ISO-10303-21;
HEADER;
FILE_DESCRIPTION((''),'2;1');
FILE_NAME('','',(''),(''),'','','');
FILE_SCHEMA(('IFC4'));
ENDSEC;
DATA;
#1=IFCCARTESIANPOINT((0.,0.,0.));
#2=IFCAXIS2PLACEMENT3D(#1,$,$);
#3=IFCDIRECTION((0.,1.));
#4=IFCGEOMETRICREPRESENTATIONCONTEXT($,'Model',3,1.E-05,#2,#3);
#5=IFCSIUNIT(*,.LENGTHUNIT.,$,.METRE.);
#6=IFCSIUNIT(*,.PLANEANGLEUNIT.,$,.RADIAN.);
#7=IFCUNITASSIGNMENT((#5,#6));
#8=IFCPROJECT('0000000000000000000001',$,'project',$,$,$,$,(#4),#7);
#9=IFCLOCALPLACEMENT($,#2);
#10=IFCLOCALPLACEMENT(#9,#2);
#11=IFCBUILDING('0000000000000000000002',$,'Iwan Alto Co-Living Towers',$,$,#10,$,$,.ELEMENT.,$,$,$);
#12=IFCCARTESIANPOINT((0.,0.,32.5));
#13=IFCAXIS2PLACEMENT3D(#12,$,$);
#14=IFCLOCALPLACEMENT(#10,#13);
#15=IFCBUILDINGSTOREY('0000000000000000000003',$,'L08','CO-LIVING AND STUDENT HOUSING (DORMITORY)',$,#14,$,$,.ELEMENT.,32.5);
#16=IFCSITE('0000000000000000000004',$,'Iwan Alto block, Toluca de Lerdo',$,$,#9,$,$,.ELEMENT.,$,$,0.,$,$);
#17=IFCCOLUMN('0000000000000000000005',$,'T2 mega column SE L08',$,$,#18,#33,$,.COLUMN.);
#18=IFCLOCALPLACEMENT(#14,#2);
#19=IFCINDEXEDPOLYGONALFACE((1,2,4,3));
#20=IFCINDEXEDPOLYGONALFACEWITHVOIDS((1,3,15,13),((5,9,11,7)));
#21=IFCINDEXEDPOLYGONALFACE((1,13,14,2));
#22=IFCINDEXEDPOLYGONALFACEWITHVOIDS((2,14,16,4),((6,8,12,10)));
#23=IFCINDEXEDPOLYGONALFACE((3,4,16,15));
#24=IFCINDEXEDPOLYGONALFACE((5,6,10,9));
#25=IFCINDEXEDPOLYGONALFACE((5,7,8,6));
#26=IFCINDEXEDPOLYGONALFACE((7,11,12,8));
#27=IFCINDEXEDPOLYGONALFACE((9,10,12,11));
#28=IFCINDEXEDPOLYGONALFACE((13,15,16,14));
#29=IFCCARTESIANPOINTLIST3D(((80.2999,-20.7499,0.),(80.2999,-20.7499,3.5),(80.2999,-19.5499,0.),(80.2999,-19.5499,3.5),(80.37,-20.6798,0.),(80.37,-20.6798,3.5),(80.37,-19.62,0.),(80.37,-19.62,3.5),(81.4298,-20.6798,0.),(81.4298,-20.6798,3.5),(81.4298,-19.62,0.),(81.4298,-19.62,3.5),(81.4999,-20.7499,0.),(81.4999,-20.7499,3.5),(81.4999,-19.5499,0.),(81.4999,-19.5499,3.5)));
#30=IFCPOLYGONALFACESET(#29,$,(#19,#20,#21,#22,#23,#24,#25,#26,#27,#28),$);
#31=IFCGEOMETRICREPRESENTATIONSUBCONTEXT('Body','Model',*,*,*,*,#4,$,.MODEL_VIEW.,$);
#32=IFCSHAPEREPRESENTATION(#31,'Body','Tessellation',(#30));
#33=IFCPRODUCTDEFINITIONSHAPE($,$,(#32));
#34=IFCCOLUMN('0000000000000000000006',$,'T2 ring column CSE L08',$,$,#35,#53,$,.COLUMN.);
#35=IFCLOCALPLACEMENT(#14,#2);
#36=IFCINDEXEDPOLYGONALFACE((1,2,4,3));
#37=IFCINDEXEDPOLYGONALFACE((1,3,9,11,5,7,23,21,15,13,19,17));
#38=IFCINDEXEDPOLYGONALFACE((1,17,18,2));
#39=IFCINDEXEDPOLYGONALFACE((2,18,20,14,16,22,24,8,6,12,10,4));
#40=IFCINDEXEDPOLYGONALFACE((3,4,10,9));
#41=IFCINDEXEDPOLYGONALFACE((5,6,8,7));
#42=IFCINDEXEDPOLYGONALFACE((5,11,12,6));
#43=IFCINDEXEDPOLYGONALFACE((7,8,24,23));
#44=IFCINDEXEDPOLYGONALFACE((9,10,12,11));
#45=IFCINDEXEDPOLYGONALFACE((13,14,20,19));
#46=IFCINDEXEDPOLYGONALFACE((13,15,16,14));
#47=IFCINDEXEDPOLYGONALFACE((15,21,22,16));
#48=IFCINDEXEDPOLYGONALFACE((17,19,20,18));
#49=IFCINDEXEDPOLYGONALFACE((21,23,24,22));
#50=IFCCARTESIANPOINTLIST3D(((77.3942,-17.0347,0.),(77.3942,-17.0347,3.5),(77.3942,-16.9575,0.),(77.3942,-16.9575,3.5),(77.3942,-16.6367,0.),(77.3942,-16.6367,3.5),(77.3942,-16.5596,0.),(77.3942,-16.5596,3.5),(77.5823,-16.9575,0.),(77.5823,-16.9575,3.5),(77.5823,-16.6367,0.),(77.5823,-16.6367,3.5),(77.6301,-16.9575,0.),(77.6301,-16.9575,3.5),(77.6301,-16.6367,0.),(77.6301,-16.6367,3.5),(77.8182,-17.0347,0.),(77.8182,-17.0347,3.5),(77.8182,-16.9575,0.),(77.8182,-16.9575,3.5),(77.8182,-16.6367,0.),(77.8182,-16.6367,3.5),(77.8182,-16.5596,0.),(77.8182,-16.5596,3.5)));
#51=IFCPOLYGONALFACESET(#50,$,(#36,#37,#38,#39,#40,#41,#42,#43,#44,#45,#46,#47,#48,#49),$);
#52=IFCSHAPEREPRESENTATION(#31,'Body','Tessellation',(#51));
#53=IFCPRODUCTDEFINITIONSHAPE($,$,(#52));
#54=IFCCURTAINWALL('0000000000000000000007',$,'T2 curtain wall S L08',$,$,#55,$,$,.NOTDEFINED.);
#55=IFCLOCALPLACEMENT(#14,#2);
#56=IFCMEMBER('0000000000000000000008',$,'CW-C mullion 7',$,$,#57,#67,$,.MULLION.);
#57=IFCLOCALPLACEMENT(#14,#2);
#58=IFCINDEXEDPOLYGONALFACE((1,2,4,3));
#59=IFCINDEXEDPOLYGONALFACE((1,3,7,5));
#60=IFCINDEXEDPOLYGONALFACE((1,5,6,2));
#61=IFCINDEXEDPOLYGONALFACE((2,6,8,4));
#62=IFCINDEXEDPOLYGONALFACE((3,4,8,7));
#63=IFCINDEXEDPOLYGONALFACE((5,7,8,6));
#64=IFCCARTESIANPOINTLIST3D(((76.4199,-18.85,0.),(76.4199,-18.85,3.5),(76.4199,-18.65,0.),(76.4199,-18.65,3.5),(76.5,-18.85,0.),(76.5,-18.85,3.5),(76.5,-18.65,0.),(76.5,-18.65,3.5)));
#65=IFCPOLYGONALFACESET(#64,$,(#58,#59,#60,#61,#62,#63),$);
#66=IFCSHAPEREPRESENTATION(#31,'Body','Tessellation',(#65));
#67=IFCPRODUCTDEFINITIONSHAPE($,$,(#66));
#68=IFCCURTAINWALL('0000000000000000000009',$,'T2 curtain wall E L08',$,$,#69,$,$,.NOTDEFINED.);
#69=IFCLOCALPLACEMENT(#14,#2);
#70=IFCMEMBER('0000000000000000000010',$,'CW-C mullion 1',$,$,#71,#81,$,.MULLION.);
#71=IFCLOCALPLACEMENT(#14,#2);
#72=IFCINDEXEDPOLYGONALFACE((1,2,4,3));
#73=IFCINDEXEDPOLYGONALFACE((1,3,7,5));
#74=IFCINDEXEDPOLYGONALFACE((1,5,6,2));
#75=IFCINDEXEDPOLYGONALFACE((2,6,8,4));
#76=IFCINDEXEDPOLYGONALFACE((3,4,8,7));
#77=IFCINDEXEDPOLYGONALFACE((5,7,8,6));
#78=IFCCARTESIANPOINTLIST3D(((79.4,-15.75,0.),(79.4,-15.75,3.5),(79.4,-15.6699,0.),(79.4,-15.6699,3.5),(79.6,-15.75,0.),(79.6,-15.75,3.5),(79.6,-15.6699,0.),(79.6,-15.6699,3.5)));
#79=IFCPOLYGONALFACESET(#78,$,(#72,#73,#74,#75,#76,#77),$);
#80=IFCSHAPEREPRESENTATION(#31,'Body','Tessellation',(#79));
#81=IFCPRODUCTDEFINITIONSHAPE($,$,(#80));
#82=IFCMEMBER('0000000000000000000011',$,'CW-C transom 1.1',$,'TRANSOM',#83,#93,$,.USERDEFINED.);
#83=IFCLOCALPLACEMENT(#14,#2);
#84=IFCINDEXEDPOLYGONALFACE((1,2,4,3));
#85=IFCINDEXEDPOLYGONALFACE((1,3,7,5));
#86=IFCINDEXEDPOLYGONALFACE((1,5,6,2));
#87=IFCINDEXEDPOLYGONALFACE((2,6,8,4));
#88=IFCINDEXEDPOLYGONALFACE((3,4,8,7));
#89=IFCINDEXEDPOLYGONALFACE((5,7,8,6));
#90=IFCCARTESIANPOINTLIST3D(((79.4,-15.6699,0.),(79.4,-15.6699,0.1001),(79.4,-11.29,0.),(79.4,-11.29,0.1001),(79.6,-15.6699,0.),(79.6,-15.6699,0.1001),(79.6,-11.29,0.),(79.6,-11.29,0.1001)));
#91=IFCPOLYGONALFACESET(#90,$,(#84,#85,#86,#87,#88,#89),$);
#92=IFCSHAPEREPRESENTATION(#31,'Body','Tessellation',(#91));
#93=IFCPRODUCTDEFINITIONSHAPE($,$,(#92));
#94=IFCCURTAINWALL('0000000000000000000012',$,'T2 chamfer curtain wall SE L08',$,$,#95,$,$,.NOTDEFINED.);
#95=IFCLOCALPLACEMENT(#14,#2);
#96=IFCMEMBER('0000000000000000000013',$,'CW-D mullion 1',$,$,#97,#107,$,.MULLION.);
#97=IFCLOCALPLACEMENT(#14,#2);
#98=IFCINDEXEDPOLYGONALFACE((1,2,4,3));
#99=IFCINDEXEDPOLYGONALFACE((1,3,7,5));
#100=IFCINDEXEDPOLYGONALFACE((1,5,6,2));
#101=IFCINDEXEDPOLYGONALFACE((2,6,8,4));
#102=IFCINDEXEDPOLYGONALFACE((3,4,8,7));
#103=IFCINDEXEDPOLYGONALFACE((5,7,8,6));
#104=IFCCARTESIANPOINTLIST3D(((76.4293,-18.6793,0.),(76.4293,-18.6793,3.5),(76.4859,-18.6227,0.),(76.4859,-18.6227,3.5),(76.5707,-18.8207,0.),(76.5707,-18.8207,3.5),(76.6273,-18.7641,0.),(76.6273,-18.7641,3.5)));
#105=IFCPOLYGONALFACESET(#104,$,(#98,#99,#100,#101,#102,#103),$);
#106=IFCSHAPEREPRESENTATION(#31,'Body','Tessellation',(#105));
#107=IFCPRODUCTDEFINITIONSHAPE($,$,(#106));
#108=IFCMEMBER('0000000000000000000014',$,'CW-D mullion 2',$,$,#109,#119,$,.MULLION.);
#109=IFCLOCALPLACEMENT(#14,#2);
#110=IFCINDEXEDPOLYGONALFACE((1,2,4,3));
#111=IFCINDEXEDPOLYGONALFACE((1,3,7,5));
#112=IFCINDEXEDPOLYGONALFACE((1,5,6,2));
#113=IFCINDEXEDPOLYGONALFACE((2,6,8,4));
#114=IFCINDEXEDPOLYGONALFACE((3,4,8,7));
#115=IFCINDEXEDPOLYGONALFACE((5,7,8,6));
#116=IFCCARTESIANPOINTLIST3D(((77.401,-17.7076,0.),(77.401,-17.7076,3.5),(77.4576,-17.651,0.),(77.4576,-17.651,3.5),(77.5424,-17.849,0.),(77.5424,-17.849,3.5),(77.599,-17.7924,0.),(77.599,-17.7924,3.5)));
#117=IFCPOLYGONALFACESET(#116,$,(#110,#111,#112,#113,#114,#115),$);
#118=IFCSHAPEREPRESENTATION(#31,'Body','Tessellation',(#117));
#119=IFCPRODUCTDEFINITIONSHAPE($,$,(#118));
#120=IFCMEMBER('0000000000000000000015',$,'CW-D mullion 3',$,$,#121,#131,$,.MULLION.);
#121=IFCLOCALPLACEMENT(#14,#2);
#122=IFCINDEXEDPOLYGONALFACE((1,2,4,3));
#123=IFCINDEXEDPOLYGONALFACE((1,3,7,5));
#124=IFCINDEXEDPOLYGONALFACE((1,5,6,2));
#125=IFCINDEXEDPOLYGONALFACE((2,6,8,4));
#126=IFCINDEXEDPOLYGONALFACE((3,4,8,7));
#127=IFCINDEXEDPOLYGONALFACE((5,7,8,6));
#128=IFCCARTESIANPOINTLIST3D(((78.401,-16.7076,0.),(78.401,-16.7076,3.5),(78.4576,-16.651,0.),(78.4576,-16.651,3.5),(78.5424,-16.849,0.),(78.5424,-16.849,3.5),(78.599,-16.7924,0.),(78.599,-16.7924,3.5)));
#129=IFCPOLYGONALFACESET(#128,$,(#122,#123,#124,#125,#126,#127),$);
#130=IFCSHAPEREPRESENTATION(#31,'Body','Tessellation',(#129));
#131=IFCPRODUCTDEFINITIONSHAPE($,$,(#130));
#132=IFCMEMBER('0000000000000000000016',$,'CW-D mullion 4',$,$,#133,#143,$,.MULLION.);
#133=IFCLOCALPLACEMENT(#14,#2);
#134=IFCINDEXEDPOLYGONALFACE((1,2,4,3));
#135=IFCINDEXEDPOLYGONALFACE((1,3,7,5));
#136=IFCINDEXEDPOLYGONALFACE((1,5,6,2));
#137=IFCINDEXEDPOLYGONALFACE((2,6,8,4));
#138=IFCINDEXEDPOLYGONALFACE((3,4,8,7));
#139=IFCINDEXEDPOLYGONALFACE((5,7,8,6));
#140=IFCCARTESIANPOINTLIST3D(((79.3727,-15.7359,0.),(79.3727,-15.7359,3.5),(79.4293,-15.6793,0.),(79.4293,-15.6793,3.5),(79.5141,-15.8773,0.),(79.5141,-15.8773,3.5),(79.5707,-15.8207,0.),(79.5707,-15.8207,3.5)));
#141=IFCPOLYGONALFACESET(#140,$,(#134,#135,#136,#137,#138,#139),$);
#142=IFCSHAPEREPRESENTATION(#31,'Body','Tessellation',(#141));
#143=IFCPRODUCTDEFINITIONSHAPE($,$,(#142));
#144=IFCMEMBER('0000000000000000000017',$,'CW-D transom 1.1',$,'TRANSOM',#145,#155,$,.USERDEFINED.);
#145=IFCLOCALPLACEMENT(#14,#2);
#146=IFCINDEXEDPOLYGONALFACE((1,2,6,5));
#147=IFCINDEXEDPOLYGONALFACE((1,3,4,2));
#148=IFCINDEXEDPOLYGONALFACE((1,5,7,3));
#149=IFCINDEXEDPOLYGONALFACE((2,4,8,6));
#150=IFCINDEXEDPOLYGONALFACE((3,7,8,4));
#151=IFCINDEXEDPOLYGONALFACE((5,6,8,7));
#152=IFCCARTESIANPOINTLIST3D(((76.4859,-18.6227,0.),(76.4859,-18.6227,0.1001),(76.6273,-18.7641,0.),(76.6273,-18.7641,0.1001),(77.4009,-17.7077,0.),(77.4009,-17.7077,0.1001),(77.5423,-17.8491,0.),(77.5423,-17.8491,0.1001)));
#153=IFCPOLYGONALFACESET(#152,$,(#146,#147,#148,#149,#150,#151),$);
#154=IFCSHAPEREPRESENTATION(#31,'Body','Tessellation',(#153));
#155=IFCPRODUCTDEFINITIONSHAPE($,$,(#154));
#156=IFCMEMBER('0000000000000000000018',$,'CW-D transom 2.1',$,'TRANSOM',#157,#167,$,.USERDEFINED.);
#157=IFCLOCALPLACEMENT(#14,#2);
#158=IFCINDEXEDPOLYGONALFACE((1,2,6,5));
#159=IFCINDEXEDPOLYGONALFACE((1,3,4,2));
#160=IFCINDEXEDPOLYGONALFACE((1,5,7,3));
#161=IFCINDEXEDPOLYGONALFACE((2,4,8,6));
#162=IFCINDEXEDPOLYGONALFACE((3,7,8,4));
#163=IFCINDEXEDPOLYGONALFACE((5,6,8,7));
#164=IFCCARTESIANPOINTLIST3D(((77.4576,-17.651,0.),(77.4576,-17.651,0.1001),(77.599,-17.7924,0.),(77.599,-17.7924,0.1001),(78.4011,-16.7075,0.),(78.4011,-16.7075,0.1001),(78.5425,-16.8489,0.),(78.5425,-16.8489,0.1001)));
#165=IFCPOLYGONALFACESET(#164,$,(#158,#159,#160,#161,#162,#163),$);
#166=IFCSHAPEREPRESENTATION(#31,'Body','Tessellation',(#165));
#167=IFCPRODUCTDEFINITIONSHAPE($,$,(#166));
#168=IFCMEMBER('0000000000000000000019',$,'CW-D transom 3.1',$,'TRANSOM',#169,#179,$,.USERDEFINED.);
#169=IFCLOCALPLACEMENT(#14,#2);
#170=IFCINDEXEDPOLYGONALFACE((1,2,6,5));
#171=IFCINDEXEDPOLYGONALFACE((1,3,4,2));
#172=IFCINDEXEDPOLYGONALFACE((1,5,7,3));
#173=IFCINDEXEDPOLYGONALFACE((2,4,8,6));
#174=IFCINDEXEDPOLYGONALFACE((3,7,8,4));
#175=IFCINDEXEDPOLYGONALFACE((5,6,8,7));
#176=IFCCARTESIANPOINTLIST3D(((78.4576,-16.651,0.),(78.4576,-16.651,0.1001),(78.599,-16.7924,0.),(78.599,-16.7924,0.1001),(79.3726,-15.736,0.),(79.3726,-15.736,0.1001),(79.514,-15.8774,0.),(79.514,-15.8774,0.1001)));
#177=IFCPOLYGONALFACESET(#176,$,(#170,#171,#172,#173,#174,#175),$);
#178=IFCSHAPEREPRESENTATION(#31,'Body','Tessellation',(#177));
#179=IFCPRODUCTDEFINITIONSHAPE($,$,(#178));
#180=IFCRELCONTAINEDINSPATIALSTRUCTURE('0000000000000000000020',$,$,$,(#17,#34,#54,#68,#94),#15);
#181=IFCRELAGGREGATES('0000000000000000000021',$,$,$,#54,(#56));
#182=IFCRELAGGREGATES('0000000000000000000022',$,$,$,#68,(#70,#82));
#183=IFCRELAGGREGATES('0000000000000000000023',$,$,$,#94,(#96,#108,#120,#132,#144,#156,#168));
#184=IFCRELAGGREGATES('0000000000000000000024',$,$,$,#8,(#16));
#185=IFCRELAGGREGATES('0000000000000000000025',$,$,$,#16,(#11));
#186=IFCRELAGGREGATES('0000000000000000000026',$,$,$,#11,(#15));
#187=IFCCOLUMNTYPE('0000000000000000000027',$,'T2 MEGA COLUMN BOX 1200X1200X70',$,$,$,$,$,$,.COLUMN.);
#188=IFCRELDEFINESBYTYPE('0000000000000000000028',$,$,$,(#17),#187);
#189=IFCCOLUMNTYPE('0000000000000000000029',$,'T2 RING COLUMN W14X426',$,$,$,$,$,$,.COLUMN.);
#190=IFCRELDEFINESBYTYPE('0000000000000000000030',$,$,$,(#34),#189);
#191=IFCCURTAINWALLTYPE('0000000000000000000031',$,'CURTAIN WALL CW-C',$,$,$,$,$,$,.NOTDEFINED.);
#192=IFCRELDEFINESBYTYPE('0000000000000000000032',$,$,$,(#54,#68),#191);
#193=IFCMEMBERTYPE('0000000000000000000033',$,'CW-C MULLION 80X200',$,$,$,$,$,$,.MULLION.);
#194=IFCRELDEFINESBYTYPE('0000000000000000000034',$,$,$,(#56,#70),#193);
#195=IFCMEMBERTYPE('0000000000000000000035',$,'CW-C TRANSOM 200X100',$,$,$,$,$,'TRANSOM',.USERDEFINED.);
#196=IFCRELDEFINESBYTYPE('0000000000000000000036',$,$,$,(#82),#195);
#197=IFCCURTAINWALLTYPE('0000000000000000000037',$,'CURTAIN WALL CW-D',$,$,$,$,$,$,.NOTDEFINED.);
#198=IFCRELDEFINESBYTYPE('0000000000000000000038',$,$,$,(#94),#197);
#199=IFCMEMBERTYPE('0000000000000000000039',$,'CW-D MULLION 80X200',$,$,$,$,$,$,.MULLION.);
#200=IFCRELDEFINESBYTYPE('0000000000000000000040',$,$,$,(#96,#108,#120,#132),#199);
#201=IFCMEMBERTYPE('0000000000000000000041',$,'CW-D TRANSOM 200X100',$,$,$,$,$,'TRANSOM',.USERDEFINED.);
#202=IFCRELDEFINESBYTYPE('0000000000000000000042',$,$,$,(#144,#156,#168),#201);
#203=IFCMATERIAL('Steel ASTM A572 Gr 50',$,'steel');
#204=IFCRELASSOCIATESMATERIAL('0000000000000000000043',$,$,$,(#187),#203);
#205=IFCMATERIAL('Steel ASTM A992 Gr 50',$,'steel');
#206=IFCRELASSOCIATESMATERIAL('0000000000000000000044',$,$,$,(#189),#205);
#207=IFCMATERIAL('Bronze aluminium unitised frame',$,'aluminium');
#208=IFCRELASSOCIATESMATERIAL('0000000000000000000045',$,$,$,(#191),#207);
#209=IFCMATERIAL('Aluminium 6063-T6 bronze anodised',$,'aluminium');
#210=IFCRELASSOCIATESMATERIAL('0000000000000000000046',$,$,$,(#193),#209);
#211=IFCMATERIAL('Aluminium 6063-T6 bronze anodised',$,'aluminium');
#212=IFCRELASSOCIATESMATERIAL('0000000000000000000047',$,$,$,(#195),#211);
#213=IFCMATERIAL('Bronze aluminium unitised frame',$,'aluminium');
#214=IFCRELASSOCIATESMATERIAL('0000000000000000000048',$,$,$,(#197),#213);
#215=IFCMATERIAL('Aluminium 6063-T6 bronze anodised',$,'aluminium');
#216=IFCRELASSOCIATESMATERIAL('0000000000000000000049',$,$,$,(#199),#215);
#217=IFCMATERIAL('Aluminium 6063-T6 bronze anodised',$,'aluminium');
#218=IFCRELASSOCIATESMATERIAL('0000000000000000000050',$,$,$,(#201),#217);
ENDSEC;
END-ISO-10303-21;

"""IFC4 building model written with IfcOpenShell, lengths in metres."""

from ifc_helpers import new_model, si_unit, direction, frame, origin, origin_2d, place, context, subcontext, project, spatial, rectangle, hollow_rectangle, i_section, extrude, material, material_profile, profile_set, type_object, element, aggregate, save


model = new_model("IFC4")

# Units and contexts
model_context = context("Model", 3, precision=1e-05, world=origin(), true_north=direction((0.0, 1.0)))
body_context = subcontext(model_context, "Body", "Model", "MODEL_VIEW")
ifc_project = project(units=[si_unit("LENGTHUNIT", "METRE"), si_unit("PLANEANGLEUNIT", "RADIAN")], contexts=[model_context])

# Site, building, storey
site_placement = place(None, origin())
site = spatial("IfcSite", under=ifc_project, at=site_placement, Name="Iwan Alto block, Toluca de Lerdo", CompositionType="ELEMENT", RefElevation=0.0)
building_placement = place(site_placement, origin())
building = spatial("IfcBuilding", under=site, at=building_placement, Name="Iwan Alto Co-Living Towers", CompositionType="ELEMENT")
storey_placement = place(building_placement, frame((0.0, 0.0, 32.5)))
storey = spatial("IfcBuildingStorey", under=building, at=storey_placement, Name="L08", Description="CO-LIVING AND STUDENT HOUSING (DORMITORY)", CompositionType="ELEMENT", Elevation=32.5)

# Columns
ifc_material_1 = material(Name="Steel ASTM A572 Gr 50", Category="steel")
ifc_material_profile_1 = material_profile(ifc_material_1, hollow_rectangle(XDim=1.2, YDim=1.2, WallThickness=0.0701, at=origin_2d()), Name="BOX 1200X1200X70")
ifc_profile_set_1 = profile_set([ifc_material_profile_1], Name="Steel ASTM A572 Gr 50")
column_type_1 = type_object("IfcColumnType", Name="T2 MEGA COLUMN BOX 1200X1200X70", PredefinedType="COLUMN", material=ifc_profile_set_1)
column_1_placement = place(storey_placement, frame((80.8999, -20.1499, 0.0), z_axis=(0.0, 0.0, 1.0), x_axis=(1.0, 0.0, 0.0)))
element("IfcColumn", 1, at=column_1_placement, inside=storey, type_object=column_type_1, Name="T2 mega column SE L08", PredefinedType="COLUMN", context=body_context, shape_type="SweptSolid", body=[
    extrude(hollow_rectangle(XDim=1.2, YDim=1.2, WallThickness=0.0701, at=origin_2d()), origin(), (0.0, 0.0, 1.0), 3.5),
])
ifc_material_2 = material(Name="Steel ASTM A992 Gr 50", Category="steel")
ifc_material_profile_2 = material_profile(ifc_material_2, i_section(OverallWidth=0.4241, OverallDepth=0.4751, WebThickness=0.0479, FlangeThickness=0.0771, at=origin_2d()), Name="W14X426")
ifc_profile_set_2 = profile_set([ifc_material_profile_2], Name="Steel ASTM A992 Gr 50")
column_type_2 = type_object("IfcColumnType", Name="T2 RING COLUMN W14X426", PredefinedType="COLUMN", material=ifc_profile_set_2)
column_2_placement = place(storey_placement, frame((77.6062, -16.7971, 0.0), z_axis=(0.0, 0.0, 1.0), x_axis=(1.0, 0.0, 0.0)))
element("IfcColumn", 2, at=column_2_placement, inside=storey, type_object=column_type_2, Name="T2 ring column CSE L08", PredefinedType="COLUMN", context=body_context, shape_type="SweptSolid", body=[
    extrude(i_section(OverallWidth=0.4241, OverallDepth=0.4751, WebThickness=0.0479, FlangeThickness=0.0771, at=origin_2d()), origin(), (0.0, 0.0, 1.0), 3.5),
])

# Curtain wall, member
ifc_material_3 = material(Name="Bronze aluminium unitised frame", Category="aluminium")
curtain_wall_type_1 = type_object("IfcCurtainWallType", Name="CURTAIN WALL CW-C", PredefinedType="NOTDEFINED", material=ifc_material_3)
curtain_wall_1_placement = place(storey_placement, origin())
curtain_wall_1 = element("IfcCurtainWall", 3, at=curtain_wall_1_placement, inside=storey, type_object=curtain_wall_type_1, Name="T2 curtain wall S L08", PredefinedType="NOTDEFINED")
ifc_material_4 = material(Name="Aluminium 6063-T6 bronze anodised", Category="aluminium")
ifc_material_profile_3 = material_profile(ifc_material_4, rectangle(XDim=0.2, YDim=0.0801, at=origin_2d()), Name="AL 80X200")
ifc_profile_set_3 = profile_set([ifc_material_profile_3], Name="Aluminium 6063-T6 bronze anodised")
member_type_1 = type_object("IfcMemberType", Name="CW-C MULLION 80X200", PredefinedType="MULLION", material=ifc_profile_set_3)
member_1_placement = place(storey_placement, frame((76.46, -18.75, 0.0), z_axis=(0.0, 0.0, 1.0), x_axis=(0.0, 1.0, 0.0)))
member_1 = element("IfcMember", 4, at=member_1_placement, type_object=member_type_1, Name="CW-C mullion 7", PredefinedType="MULLION", context=body_context, shape_type="SweptSolid", body=[
    extrude(rectangle(XDim=0.2, YDim=0.0801, at=origin_2d()), origin(), (0.0, 0.0, 1.0), 3.5),
])

# Curtain walls, members
curtain_wall_2_placement = place(storey_placement, origin())
curtain_wall_2 = element("IfcCurtainWall", 5, at=curtain_wall_2_placement, inside=storey, type_object=curtain_wall_type_1, Name="T2 curtain wall E L08", PredefinedType="NOTDEFINED")
member_2_placement = place(storey_placement, frame((79.5, -15.71, 0.0), z_axis=(0.0, 0.0, 1.0), x_axis=(-1.0, 0.0, 0.0)))
member_2 = element("IfcMember", 6, at=member_2_placement, type_object=member_type_1, Name="CW-C mullion 1", PredefinedType="MULLION", context=body_context, shape_type="SweptSolid", body=[
    extrude(rectangle(XDim=0.2, YDim=0.0801, at=origin_2d()), origin(), (0.0, 0.0, 1.0), 3.5),
])
ifc_material_5 = material(Name="Aluminium 6063-T6 bronze anodised", Category="aluminium")
ifc_material_profile_4 = material_profile(ifc_material_5, rectangle(XDim=0.2, YDim=0.1001, at=origin_2d()), Name="AL 200X100")
ifc_profile_set_4 = profile_set([ifc_material_profile_4], Name="Aluminium 6063-T6 bronze anodised")
member_type_2 = type_object("IfcMemberType", Name="CW-C TRANSOM 200X100", ElementType="TRANSOM", PredefinedType="USERDEFINED", material=ifc_profile_set_4)
member_3_placement = place(storey_placement, frame((79.5, -15.6699, 0.05), z_axis=(0.0, 1.0, 0.0), x_axis=(-1.0, 0.0, 0.0)))
member_3 = element("IfcMember", 7, at=member_3_placement, type_object=member_type_2, Name="CW-C transom 1.1", ObjectType="TRANSOM", PredefinedType="USERDEFINED", context=body_context, shape_type="SweptSolid", body=[
    extrude(rectangle(XDim=0.2, YDim=0.1001, at=origin_2d()), origin(), (0.0, 0.0, 1.0), 4.3799),
])
ifc_material_6 = material(Name="Bronze aluminium unitised frame", Category="aluminium")
curtain_wall_type_2 = type_object("IfcCurtainWallType", Name="CURTAIN WALL CW-D", PredefinedType="NOTDEFINED", material=ifc_material_6)
curtain_wall_3_placement = place(storey_placement, origin())
curtain_wall_3 = element("IfcCurtainWall", 8, at=curtain_wall_3_placement, inside=storey, type_object=curtain_wall_type_2, Name="T2 chamfer curtain wall SE L08", PredefinedType="NOTDEFINED")
ifc_material_7 = material(Name="Aluminium 6063-T6 bronze anodised", Category="aluminium")
ifc_material_profile_5 = material_profile(ifc_material_7, rectangle(XDim=0.2, YDim=0.0801, at=origin_2d()), Name="AL 80X200")
ifc_profile_set_5 = profile_set([ifc_material_profile_5], Name="Aluminium 6063-T6 bronze anodised")
member_type_3 = type_object("IfcMemberType", Name="CW-D MULLION 80X200", PredefinedType="MULLION", material=ifc_profile_set_5)
member_4_placement = place(storey_placement, frame((76.5283, -18.7217, 0.0), z_axis=(0.0, 0.0, 1.0), x_axis=(-0.707107, 0.707107, 0.0)))
member_4 = element("IfcMember", 9, at=member_4_placement, type_object=member_type_3, Name="CW-D mullion 1", PredefinedType="MULLION", context=body_context, shape_type="SweptSolid", body=[
    extrude(rectangle(XDim=0.2, YDim=0.0801, at=origin_2d()), origin(), (0.0, 0.0, 1.0), 3.5),
])
member_5_placement = place(storey_placement, frame((77.5, -17.75, 0.0), z_axis=(0.0, 0.0, 1.0), x_axis=(-0.707107, 0.707107, 0.0)))
member_5 = element("IfcMember", 10, at=member_5_placement, type_object=member_type_3, Name="CW-D mullion 2", PredefinedType="MULLION", context=body_context, shape_type="SweptSolid", body=[
    extrude(rectangle(XDim=0.2, YDim=0.0801, at=origin_2d()), origin(), (0.0, 0.0, 1.0), 3.5),
])
member_6_placement = place(storey_placement, frame((78.5, -16.75, 0.0), z_axis=(0.0, 0.0, 1.0), x_axis=(-0.707107, 0.707107, 0.0)))
member_6 = element("IfcMember", 11, at=member_6_placement, type_object=member_type_3, Name="CW-D mullion 3", PredefinedType="MULLION", context=body_context, shape_type="SweptSolid", body=[
    extrude(rectangle(XDim=0.2, YDim=0.0801, at=origin_2d()), origin(), (0.0, 0.0, 1.0), 3.5),
])
member_7_placement = place(storey_placement, frame((79.4717, -15.7783, 0.0), z_axis=(0.0, 0.0, 1.0), x_axis=(-0.707107, 0.707107, 0.0)))
member_7 = element("IfcMember", 12, at=member_7_placement, type_object=member_type_3, Name="CW-D mullion 4", PredefinedType="MULLION", context=body_context, shape_type="SweptSolid", body=[
    extrude(rectangle(XDim=0.2, YDim=0.0801, at=origin_2d()), origin(), (0.0, 0.0, 1.0), 3.5),
])
ifc_material_8 = material(Name="Aluminium 6063-T6 bronze anodised", Category="aluminium")
ifc_material_profile_6 = material_profile(ifc_material_8, rectangle(XDim=0.2, YDim=0.1001, at=origin_2d()), Name="AL 200X100")
ifc_profile_set_6 = profile_set([ifc_material_profile_6], Name="Aluminium 6063-T6 bronze anodised")
member_type_4 = type_object("IfcMemberType", Name="CW-D TRANSOM 200X100", ElementType="TRANSOM", PredefinedType="USERDEFINED", material=ifc_profile_set_6)
member_8_placement = place(storey_placement, frame((76.5566, -18.6934, 0.05), z_axis=(0.707107, 0.707107, 0.0), x_axis=(-0.707107, 0.707107, 0.0)))
member_8 = element("IfcMember", 13, at=member_8_placement, type_object=member_type_4, Name="CW-D transom 1.1", ObjectType="TRANSOM", PredefinedType="USERDEFINED", context=body_context, shape_type="SweptSolid", body=[
    extrude(rectangle(XDim=0.2, YDim=0.1001, at=origin_2d()), origin(), (0.0, 0.0, 1.0), 1.2939),
])
member_9_placement = place(storey_placement, frame((77.5283, -17.7217, 0.05), z_axis=(0.707107, 0.707107, 0.0), x_axis=(-0.707107, 0.707107, 0.0)))
member_9 = element("IfcMember", 14, at=member_9_placement, type_object=member_type_4, Name="CW-D transom 2.1", ObjectType="TRANSOM", PredefinedType="USERDEFINED", context=body_context, shape_type="SweptSolid", body=[
    extrude(rectangle(XDim=0.2, YDim=0.1001, at=origin_2d()), origin(), (0.0, 0.0, 1.0), 1.3342),
])
member_10_placement = place(storey_placement, frame((78.5283, -16.7217, 0.05), z_axis=(0.707107, 0.707107, 0.0), x_axis=(-0.707107, 0.707107, 0.0)))
member_10 = element("IfcMember", 15, at=member_10_placement, type_object=member_type_4, Name="CW-D transom 3.1", ObjectType="TRANSOM", PredefinedType="USERDEFINED", context=body_context, shape_type="SweptSolid", body=[
    extrude(rectangle(XDim=0.2, YDim=0.1001, at=origin_2d()), origin(), (0.0, 0.0, 1.0), 1.2939),
])

aggregate(curtain_wall_1, [member_1])
aggregate(curtain_wall_2, [member_2, member_3])
aggregate(curtain_wall_3, [member_4, member_5, member_6, member_7, member_8, member_9, member_10])

save(model, "model.ifc")
